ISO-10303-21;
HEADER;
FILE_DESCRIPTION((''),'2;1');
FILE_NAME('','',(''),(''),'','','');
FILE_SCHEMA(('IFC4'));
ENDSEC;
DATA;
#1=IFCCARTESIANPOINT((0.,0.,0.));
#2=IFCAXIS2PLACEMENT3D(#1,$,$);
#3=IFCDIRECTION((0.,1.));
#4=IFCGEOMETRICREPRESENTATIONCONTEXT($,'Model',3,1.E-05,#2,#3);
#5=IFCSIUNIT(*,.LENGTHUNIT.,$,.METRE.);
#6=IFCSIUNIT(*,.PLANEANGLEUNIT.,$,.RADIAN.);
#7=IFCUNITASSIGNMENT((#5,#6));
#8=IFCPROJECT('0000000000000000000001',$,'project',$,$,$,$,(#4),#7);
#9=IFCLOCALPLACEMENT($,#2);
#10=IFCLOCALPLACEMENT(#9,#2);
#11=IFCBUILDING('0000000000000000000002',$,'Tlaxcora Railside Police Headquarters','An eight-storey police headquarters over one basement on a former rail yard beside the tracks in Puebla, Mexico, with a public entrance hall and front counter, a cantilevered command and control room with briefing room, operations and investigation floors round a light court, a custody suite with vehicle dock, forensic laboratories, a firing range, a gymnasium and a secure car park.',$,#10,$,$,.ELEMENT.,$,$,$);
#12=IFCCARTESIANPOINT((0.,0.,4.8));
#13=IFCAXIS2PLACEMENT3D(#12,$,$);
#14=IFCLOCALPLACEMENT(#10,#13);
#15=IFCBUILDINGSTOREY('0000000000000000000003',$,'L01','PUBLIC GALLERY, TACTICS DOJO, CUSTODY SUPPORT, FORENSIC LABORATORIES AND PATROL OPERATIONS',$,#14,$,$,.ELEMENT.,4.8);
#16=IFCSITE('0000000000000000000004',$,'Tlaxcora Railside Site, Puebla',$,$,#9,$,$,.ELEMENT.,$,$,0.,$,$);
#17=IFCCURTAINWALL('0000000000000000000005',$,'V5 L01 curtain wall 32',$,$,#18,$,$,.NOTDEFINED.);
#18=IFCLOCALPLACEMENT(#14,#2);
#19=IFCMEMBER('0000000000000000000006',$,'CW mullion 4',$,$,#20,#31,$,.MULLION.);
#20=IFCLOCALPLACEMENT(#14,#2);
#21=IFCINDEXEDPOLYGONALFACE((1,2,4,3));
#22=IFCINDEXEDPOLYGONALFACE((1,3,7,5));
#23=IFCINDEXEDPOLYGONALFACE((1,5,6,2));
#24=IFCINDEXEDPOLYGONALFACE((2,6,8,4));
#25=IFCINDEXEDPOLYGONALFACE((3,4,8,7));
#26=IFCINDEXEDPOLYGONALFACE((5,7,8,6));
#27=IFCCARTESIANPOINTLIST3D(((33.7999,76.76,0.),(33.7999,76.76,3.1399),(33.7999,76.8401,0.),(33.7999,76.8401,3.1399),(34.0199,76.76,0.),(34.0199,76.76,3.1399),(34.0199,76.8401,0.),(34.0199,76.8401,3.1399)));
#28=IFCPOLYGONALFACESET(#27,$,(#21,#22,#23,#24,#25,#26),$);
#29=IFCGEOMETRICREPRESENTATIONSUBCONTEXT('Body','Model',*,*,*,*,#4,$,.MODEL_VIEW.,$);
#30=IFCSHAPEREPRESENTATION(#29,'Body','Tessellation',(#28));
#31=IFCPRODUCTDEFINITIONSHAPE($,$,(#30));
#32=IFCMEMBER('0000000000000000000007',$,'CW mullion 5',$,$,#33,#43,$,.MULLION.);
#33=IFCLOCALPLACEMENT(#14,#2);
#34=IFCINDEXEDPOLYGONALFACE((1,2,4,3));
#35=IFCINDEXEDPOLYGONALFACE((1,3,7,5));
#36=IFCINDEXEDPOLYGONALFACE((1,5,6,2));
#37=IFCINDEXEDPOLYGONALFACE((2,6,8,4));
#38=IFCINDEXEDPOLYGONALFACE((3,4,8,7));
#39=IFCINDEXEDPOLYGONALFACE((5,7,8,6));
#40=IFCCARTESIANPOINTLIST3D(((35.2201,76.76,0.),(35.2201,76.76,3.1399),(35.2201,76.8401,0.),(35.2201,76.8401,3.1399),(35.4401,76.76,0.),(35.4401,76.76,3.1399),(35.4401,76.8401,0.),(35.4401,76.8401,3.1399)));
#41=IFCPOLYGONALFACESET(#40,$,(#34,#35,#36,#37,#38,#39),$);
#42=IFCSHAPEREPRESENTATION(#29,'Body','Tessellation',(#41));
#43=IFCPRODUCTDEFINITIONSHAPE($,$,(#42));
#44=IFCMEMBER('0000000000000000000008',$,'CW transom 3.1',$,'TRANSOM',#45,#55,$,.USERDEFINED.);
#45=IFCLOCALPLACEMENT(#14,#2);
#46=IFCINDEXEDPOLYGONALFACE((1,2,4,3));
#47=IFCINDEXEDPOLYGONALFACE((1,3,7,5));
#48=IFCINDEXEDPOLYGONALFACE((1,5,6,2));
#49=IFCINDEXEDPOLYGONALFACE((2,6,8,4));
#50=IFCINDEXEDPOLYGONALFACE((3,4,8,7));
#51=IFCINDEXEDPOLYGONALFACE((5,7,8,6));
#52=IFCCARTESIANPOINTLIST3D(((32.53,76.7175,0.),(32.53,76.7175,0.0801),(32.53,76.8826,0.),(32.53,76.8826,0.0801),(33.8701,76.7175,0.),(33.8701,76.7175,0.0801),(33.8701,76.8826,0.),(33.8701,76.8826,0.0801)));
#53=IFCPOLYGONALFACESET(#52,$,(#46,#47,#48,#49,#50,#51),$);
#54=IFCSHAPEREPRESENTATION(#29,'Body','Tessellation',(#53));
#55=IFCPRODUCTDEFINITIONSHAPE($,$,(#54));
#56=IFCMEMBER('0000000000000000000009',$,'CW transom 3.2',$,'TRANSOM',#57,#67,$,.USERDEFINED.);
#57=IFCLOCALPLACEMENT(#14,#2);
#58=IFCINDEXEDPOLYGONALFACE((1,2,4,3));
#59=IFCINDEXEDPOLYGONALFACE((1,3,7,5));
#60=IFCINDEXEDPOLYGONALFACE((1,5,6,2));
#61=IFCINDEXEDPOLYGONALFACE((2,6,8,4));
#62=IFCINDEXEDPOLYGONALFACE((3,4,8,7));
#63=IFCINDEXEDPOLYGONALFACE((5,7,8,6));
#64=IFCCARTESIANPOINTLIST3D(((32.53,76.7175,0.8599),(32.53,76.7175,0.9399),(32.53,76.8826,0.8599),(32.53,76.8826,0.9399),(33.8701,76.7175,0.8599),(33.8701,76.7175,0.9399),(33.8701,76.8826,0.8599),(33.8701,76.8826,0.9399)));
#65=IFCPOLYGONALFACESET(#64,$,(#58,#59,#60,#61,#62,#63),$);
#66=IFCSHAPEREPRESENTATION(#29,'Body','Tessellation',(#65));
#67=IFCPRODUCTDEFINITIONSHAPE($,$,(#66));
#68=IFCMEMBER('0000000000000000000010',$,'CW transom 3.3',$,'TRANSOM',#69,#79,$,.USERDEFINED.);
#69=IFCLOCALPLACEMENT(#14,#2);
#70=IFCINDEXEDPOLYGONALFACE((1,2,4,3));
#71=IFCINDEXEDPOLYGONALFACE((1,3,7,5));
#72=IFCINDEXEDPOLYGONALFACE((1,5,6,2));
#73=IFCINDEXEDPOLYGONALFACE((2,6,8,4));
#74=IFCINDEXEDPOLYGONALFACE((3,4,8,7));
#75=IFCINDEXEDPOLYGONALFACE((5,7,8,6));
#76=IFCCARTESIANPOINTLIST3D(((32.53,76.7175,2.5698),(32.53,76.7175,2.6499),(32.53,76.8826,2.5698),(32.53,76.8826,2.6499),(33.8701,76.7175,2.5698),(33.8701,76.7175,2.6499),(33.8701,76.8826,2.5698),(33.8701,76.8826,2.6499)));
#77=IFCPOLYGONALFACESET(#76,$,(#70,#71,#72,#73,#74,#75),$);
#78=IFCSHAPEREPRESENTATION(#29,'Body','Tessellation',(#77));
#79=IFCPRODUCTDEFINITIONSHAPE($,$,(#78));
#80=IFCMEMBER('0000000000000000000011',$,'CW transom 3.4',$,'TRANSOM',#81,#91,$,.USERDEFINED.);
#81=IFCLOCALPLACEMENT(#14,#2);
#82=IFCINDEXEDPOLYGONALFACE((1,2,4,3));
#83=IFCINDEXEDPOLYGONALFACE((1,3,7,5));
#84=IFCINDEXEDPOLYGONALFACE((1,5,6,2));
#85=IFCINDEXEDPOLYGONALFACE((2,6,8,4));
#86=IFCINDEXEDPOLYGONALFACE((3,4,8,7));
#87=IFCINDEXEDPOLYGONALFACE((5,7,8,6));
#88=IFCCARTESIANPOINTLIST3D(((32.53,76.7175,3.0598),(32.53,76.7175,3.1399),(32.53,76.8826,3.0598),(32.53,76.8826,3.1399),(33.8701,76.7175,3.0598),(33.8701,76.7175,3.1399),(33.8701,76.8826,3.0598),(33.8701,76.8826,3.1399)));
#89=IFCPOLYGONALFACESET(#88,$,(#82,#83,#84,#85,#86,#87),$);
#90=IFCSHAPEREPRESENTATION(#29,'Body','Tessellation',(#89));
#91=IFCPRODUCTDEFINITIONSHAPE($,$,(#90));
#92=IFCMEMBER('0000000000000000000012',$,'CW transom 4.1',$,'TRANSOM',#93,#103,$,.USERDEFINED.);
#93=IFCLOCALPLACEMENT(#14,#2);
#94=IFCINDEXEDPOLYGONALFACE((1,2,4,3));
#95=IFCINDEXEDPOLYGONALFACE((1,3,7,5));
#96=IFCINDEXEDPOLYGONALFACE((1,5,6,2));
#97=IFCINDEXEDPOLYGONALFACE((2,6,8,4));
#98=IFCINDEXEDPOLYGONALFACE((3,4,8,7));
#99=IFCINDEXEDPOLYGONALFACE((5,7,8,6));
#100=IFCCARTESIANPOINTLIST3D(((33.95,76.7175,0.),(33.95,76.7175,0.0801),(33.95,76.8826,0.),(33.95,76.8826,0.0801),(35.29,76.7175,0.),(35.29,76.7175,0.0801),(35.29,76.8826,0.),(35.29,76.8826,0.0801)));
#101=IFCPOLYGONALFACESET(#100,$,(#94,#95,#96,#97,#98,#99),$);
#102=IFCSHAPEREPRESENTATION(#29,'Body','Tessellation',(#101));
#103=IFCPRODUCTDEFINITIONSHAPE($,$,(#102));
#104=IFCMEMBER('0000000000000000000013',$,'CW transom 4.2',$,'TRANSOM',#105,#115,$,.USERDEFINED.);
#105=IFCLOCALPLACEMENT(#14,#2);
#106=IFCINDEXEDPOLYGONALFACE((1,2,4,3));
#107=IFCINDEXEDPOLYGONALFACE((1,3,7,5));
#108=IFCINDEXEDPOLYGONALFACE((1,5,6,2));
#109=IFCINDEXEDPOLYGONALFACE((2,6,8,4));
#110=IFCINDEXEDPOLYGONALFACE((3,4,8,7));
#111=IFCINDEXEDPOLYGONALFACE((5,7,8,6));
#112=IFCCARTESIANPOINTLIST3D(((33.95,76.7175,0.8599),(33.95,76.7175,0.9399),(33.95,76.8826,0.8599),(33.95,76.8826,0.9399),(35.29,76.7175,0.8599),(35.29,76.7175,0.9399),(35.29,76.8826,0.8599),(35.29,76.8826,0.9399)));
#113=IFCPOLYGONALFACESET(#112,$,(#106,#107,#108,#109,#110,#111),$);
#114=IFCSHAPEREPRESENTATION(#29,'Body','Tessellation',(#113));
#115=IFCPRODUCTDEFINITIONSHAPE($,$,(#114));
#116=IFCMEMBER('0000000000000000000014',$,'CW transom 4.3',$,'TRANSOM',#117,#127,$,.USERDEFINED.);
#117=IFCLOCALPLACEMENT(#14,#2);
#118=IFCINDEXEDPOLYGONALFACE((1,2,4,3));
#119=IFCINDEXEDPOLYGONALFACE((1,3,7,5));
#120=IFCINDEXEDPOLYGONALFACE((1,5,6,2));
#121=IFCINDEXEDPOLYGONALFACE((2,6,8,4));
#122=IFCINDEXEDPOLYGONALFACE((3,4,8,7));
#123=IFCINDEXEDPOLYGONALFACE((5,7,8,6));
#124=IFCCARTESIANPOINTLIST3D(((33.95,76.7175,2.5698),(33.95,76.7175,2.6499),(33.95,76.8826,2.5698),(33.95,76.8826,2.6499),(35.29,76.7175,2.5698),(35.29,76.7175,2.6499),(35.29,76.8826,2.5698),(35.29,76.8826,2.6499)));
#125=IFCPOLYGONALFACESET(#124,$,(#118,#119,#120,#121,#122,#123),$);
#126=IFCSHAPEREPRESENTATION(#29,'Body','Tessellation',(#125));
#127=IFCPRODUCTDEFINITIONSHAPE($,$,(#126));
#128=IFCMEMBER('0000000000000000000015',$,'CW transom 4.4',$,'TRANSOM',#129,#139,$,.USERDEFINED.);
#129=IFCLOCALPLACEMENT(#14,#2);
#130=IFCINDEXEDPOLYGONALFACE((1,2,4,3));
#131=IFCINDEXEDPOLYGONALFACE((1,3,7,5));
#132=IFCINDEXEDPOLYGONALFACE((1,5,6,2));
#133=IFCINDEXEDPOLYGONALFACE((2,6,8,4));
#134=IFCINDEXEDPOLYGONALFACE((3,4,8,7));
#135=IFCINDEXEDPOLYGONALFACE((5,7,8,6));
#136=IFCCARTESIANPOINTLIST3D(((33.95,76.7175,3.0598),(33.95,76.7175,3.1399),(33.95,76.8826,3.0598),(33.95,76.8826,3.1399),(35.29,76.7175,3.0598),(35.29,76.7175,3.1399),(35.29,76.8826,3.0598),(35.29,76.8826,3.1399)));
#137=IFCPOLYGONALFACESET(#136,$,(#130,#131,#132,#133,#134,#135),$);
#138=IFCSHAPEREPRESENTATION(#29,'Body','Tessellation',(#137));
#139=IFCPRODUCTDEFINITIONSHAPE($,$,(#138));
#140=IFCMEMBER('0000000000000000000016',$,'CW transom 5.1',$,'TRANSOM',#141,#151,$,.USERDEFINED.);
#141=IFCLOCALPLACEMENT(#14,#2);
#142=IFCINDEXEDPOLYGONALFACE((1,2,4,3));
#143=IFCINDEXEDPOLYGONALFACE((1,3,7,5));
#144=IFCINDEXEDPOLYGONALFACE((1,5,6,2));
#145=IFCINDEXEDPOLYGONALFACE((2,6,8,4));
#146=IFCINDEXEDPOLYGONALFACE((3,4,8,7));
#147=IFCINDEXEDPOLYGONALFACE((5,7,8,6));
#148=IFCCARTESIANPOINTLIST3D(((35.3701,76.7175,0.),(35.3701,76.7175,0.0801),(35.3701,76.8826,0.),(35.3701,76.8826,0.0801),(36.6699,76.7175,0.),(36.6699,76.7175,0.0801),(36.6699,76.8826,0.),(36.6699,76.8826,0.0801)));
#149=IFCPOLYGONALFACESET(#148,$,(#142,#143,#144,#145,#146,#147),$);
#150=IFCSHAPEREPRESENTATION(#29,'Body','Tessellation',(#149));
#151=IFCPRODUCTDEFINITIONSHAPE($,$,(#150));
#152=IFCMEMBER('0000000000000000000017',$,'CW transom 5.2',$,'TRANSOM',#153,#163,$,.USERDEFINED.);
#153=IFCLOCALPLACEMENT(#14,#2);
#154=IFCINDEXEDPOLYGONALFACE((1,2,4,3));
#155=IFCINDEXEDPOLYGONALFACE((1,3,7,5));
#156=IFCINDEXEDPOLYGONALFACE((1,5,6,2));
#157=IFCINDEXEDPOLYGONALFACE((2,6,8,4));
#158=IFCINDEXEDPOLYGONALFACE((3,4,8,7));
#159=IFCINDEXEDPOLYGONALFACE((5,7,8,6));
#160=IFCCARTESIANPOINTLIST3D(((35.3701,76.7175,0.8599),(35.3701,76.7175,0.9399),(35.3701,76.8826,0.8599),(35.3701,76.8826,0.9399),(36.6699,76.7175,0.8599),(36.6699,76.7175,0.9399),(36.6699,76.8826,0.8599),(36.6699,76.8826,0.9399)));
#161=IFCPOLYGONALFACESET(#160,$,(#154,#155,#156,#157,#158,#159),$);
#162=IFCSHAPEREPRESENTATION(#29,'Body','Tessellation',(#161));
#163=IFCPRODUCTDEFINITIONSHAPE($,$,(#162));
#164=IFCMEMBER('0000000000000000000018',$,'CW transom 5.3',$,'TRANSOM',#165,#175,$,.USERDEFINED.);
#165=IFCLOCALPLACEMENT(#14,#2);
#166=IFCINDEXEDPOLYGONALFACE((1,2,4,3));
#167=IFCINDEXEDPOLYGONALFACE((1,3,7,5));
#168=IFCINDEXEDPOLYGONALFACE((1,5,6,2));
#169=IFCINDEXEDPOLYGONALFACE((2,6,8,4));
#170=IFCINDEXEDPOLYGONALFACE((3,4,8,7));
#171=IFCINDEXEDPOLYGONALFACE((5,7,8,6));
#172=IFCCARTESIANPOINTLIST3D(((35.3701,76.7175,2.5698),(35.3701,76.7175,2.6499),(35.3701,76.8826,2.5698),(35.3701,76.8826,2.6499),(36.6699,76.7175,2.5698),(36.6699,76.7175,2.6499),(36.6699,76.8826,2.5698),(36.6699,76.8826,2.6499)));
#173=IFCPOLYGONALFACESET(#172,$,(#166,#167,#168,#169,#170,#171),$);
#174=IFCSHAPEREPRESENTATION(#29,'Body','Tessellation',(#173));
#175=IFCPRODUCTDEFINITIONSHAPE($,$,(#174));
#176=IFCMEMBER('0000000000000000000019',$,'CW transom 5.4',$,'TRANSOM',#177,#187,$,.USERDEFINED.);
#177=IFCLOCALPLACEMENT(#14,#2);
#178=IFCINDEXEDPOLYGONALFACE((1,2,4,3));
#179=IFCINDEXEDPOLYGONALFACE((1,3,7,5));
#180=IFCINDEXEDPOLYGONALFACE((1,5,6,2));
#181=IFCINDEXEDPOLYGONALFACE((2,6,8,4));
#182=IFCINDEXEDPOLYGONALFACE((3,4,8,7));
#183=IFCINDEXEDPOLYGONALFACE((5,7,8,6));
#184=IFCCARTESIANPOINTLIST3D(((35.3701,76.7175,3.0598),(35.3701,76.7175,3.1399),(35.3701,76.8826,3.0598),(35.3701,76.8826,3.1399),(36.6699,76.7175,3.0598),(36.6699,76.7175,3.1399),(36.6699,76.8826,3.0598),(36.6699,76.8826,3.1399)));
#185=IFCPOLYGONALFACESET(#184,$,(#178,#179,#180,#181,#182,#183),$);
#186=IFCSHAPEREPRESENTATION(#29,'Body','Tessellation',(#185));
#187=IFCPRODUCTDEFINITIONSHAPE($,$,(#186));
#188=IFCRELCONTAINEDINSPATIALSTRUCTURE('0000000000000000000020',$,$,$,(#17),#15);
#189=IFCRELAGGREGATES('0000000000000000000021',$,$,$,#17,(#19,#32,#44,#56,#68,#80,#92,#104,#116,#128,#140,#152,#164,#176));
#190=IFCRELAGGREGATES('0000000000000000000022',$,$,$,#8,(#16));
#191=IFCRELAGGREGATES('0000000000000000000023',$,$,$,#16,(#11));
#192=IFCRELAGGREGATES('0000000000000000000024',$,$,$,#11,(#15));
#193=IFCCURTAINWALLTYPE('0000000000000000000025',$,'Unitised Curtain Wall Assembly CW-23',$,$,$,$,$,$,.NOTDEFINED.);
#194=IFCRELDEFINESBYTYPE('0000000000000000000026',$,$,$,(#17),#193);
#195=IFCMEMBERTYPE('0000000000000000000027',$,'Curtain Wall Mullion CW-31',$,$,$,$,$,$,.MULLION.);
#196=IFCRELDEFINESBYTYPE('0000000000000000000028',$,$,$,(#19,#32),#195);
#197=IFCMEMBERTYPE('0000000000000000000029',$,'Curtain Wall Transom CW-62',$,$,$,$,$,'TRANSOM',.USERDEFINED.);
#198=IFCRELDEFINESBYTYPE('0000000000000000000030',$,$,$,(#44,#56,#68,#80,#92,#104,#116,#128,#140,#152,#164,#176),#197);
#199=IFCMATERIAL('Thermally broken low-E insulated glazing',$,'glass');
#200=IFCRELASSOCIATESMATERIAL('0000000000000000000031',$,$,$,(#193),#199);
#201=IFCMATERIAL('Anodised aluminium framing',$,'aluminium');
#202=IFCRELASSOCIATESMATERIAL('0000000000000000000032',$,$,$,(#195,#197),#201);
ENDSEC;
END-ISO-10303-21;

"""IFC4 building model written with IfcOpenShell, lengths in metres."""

from ifc_helpers import new_model, si_unit, direction, frame, origin, origin_2d, place, context, subcontext, project, spatial, rectangle, extrude, material, material_profile, profile_set, type_object, element, aggregate, save


model = new_model("IFC4")

# Units and contexts
model_context = context("Model", 3, precision=1e-05, world=origin(), true_north=direction((0.0, 1.0)))
body_context = subcontext(model_context, "Body", "Model", "MODEL_VIEW")
ifc_project = project(units=[si_unit("LENGTHUNIT", "METRE"), si_unit("PLANEANGLEUNIT", "RADIAN")], contexts=[model_context])

# Site, building, storey
site_placement = place(None, origin())
site = spatial("IfcSite", under=ifc_project, at=site_placement, Name="Tlaxcora Railside Site, Puebla", CompositionType="ELEMENT", RefElevation=0.0)
building_placement = place(site_placement, origin())
building = spatial("IfcBuilding", under=site, at=building_placement, Name="Tlaxcora Railside Police Headquarters", Description="An eight-storey police headquarters over one basement on a former rail yard beside the tracks in Puebla, Mexico, with a public entrance hall and front counter, a cantilevered command and control room with briefing room, operations and investigation floors round a light court, a custody suite with vehicle dock, forensic laboratories, a firing range, a gymnasium and a secure car park.", CompositionType="ELEMENT")
storey_placement = place(building_placement, frame((0.0, 0.0, 4.8)))
storey = spatial("IfcBuildingStorey", under=building, at=storey_placement, Name="L01", Description="PUBLIC GALLERY, TACTICS DOJO, CUSTODY SUPPORT, FORENSIC LABORATORIES AND PATROL OPERATIONS", CompositionType="ELEMENT", Elevation=4.8)

# Curtain wall, members
ifc_material_1 = material(Name="Thermally broken low-E insulated glazing", Category="glass")
curtain_wall_type = type_object("IfcCurtainWallType", Name="Unitised Curtain Wall Assembly CW-23", PredefinedType="NOTDEFINED", material=ifc_material_1)
curtain_wall_placement = place(storey_placement, origin())
curtain_wall = element("IfcCurtainWall", 1, at=curtain_wall_placement, inside=storey, type_object=curtain_wall_type, Name="V5 L01 curtain wall 32", PredefinedType="NOTDEFINED")
ifc_material_2 = material(Name="Anodised aluminium framing", Category="aluminium")
ifc_material_profile_1 = material_profile(ifc_material_2, rectangle(XDim=0.0801, YDim=0.22, at=origin_2d()), Name="AL80X220")
ifc_profile_set_1 = profile_set([ifc_material_profile_1], Name="Anodised aluminium framing")
member_type_1 = type_object("IfcMemberType", Name="Curtain Wall Mullion CW-31", PredefinedType="MULLION", material=ifc_profile_set_1)
member_1_placement = place(storey_placement, frame((33.9099, 76.8, 0.0), z_axis=(0.0, 0.0, 1.0), x_axis=(0.0, 1.0, 0.0)))
member_1 = element("IfcMember", 2, at=member_1_placement, type_object=member_type_1, Name="CW mullion 4", PredefinedType="MULLION", context=body_context, shape_type="SweptSolid", body=[
    extrude(rectangle(XDim=0.0801, YDim=0.22, at=origin_2d()), origin(), (0.0, 0.0, 1.0), 3.1399),
])
member_2_placement = place(storey_placement, frame((35.3301, 76.8, 0.0), z_axis=(0.0, 0.0, 1.0), x_axis=(0.0, 1.0, 0.0)))
member_2 = element("IfcMember", 3, at=member_2_placement, type_object=member_type_1, Name="CW mullion 5", PredefinedType="MULLION", context=body_context, shape_type="SweptSolid", body=[
    extrude(rectangle(XDim=0.0801, YDim=0.22, at=origin_2d()), origin(), (0.0, 0.0, 1.0), 3.1399),
])
ifc_material_profile_2 = material_profile(ifc_material_2, rectangle(XDim=0.165, YDim=0.0801, at=origin_2d()), Name="AL80X165")
ifc_profile_set_2 = profile_set([ifc_material_profile_2], Name="Anodised aluminium framing")
member_type_2 = type_object("IfcMemberType", Name="Curtain Wall Transom CW-62", ElementType="TRANSOM", PredefinedType="USERDEFINED", material=ifc_profile_set_2)
member_3_placement = place(storey_placement, frame((32.53, 76.8, 0.04), z_axis=(1.0, 0.0, 0.0), x_axis=(0.0, 1.0, 0.0)))
member_3 = element("IfcMember", 4, at=member_3_placement, type_object=member_type_2, Name="CW transom 3.1", ObjectType="TRANSOM", PredefinedType="USERDEFINED", context=body_context, shape_type="SweptSolid", body=[
    extrude(rectangle(XDim=0.165, YDim=0.0801, at=origin_2d()), origin(), (0.0, 0.0, 1.0), 1.3401),
])
member_4_placement = place(storey_placement, frame((32.53, 76.8, 0.8999), z_axis=(1.0, 0.0, 0.0), x_axis=(0.0, 1.0, 0.0)))
member_4 = element("IfcMember", 5, at=member_4_placement, type_object=member_type_2, Name="CW transom 3.2", ObjectType="TRANSOM", PredefinedType="USERDEFINED", context=body_context, shape_type="SweptSolid", body=[
    extrude(rectangle(XDim=0.165, YDim=0.0801, at=origin_2d()), origin(), (0.0, 0.0, 1.0), 1.3401),
])
member_5_placement = place(storey_placement, frame((32.53, 76.8, 2.6099), z_axis=(1.0, 0.0, 0.0), x_axis=(0.0, 1.0, 0.0)))
member_5 = element("IfcMember", 6, at=member_5_placement, type_object=member_type_2, Name="CW transom 3.3", ObjectType="TRANSOM", PredefinedType="USERDEFINED", context=body_context, shape_type="SweptSolid", body=[
    extrude(rectangle(XDim=0.165, YDim=0.0801, at=origin_2d()), origin(), (0.0, 0.0, 1.0), 1.3401),
])
member_6_placement = place(storey_placement, frame((32.53, 76.8, 3.0999), z_axis=(1.0, 0.0, 0.0), x_axis=(0.0, 1.0, 0.0)))
member_6 = element("IfcMember", 7, at=member_6_placement, type_object=member_type_2, Name="CW transom 3.4", ObjectType="TRANSOM", PredefinedType="USERDEFINED", context=body_context, shape_type="SweptSolid", body=[
    extrude(rectangle(XDim=0.165, YDim=0.0801, at=origin_2d()), origin(), (0.0, 0.0, 1.0), 1.3401),
])
member_7_placement = place(storey_placement, frame((33.95, 76.8, 0.04), z_axis=(1.0, 0.0, 0.0), x_axis=(0.0, 1.0, 0.0)))
member_7 = element("IfcMember", 8, at=member_7_placement, type_object=member_type_2, Name="CW transom 4.1", ObjectType="TRANSOM", PredefinedType="USERDEFINED", context=body_context, shape_type="SweptSolid", body=[
    extrude(rectangle(XDim=0.165, YDim=0.0801, at=origin_2d()), origin(), (0.0, 0.0, 1.0), 1.3401),
])
member_8_placement = place(storey_placement, frame((33.95, 76.8, 0.8999), z_axis=(1.0, 0.0, 0.0), x_axis=(0.0, 1.0, 0.0)))
member_8 = element("IfcMember", 9, at=member_8_placement, type_object=member_type_2, Name="CW transom 4.2", ObjectType="TRANSOM", PredefinedType="USERDEFINED", context=body_context, shape_type="SweptSolid", body=[
    extrude(rectangle(XDim=0.165, YDim=0.0801, at=origin_2d()), origin(), (0.0, 0.0, 1.0), 1.3401),
])
member_9_placement = place(storey_placement, frame((33.95, 76.8, 2.6099), z_axis=(1.0, 0.0, 0.0), x_axis=(0.0, 1.0, 0.0)))
member_9 = element("IfcMember", 10, at=member_9_placement, type_object=member_type_2, Name="CW transom 4.3", ObjectType="TRANSOM", PredefinedType="USERDEFINED", context=body_context, shape_type="SweptSolid", body=[
    extrude(rectangle(XDim=0.165, YDim=0.0801, at=origin_2d()), origin(), (0.0, 0.0, 1.0), 1.3401),
])
member_10_placement = place(storey_placement, frame((33.95, 76.8, 3.0999), z_axis=(1.0, 0.0, 0.0), x_axis=(0.0, 1.0, 0.0)))
member_10 = element("IfcMember", 11, at=member_10_placement, type_object=member_type_2, Name="CW transom 4.4", ObjectType="TRANSOM", PredefinedType="USERDEFINED", context=body_context, shape_type="SweptSolid", body=[
    extrude(rectangle(XDim=0.165, YDim=0.0801, at=origin_2d()), origin(), (0.0, 0.0, 1.0), 1.3401),
])
member_11_placement = place(storey_placement, frame((35.3701, 76.8, 0.04), z_axis=(1.0, 0.0, 0.0), x_axis=(0.0, 1.0, 0.0)))
member_11 = element("IfcMember", 12, at=member_11_placement, type_object=member_type_2, Name="CW transom 5.1", ObjectType="TRANSOM", PredefinedType="USERDEFINED", context=body_context, shape_type="SweptSolid", body=[
    extrude(rectangle(XDim=0.165, YDim=0.0801, at=origin_2d()), origin(), (0.0, 0.0, 1.0), 1.2998),
])
member_12_placement = place(storey_placement, frame((35.3701, 76.8, 0.8999), z_axis=(1.0, 0.0, 0.0), x_axis=(0.0, 1.0, 0.0)))
member_12 = element("IfcMember", 13, at=member_12_placement, type_object=member_type_2, Name="CW transom 5.2", ObjectType="TRANSOM", PredefinedType="USERDEFINED", context=body_context, shape_type="SweptSolid", body=[
    extrude(rectangle(XDim=0.165, YDim=0.0801, at=origin_2d()), origin(), (0.0, 0.0, 1.0), 1.2998),
])
member_13_placement = place(storey_placement, frame((35.3701, 76.8, 2.6099), z_axis=(1.0, 0.0, 0.0), x_axis=(0.0, 1.0, 0.0)))
member_13 = element("IfcMember", 14, at=member_13_placement, type_object=member_type_2, Name="CW transom 5.3", ObjectType="TRANSOM", PredefinedType="USERDEFINED", context=body_context, shape_type="SweptSolid", body=[
    extrude(rectangle(XDim=0.165, YDim=0.0801, at=origin_2d()), origin(), (0.0, 0.0, 1.0), 1.2998),
])
member_14_placement = place(storey_placement, frame((35.3701, 76.8, 3.0999), z_axis=(1.0, 0.0, 0.0), x_axis=(0.0, 1.0, 0.0)))
member_14 = element("IfcMember", 15, at=member_14_placement, type_object=member_type_2, Name="CW transom 5.4", ObjectType="TRANSOM", PredefinedType="USERDEFINED", context=body_context, shape_type="SweptSolid", body=[
    extrude(rectangle(XDim=0.165, YDim=0.0801, at=origin_2d()), origin(), (0.0, 0.0, 1.0), 1.2998),
])
aggregate(curtain_wall, [member_1, member_2, member_3, member_4, member_5, member_6, member_7, member_8, member_9, member_10, member_11, member_12, member_13, member_14])

save(model, "model.ifc")
